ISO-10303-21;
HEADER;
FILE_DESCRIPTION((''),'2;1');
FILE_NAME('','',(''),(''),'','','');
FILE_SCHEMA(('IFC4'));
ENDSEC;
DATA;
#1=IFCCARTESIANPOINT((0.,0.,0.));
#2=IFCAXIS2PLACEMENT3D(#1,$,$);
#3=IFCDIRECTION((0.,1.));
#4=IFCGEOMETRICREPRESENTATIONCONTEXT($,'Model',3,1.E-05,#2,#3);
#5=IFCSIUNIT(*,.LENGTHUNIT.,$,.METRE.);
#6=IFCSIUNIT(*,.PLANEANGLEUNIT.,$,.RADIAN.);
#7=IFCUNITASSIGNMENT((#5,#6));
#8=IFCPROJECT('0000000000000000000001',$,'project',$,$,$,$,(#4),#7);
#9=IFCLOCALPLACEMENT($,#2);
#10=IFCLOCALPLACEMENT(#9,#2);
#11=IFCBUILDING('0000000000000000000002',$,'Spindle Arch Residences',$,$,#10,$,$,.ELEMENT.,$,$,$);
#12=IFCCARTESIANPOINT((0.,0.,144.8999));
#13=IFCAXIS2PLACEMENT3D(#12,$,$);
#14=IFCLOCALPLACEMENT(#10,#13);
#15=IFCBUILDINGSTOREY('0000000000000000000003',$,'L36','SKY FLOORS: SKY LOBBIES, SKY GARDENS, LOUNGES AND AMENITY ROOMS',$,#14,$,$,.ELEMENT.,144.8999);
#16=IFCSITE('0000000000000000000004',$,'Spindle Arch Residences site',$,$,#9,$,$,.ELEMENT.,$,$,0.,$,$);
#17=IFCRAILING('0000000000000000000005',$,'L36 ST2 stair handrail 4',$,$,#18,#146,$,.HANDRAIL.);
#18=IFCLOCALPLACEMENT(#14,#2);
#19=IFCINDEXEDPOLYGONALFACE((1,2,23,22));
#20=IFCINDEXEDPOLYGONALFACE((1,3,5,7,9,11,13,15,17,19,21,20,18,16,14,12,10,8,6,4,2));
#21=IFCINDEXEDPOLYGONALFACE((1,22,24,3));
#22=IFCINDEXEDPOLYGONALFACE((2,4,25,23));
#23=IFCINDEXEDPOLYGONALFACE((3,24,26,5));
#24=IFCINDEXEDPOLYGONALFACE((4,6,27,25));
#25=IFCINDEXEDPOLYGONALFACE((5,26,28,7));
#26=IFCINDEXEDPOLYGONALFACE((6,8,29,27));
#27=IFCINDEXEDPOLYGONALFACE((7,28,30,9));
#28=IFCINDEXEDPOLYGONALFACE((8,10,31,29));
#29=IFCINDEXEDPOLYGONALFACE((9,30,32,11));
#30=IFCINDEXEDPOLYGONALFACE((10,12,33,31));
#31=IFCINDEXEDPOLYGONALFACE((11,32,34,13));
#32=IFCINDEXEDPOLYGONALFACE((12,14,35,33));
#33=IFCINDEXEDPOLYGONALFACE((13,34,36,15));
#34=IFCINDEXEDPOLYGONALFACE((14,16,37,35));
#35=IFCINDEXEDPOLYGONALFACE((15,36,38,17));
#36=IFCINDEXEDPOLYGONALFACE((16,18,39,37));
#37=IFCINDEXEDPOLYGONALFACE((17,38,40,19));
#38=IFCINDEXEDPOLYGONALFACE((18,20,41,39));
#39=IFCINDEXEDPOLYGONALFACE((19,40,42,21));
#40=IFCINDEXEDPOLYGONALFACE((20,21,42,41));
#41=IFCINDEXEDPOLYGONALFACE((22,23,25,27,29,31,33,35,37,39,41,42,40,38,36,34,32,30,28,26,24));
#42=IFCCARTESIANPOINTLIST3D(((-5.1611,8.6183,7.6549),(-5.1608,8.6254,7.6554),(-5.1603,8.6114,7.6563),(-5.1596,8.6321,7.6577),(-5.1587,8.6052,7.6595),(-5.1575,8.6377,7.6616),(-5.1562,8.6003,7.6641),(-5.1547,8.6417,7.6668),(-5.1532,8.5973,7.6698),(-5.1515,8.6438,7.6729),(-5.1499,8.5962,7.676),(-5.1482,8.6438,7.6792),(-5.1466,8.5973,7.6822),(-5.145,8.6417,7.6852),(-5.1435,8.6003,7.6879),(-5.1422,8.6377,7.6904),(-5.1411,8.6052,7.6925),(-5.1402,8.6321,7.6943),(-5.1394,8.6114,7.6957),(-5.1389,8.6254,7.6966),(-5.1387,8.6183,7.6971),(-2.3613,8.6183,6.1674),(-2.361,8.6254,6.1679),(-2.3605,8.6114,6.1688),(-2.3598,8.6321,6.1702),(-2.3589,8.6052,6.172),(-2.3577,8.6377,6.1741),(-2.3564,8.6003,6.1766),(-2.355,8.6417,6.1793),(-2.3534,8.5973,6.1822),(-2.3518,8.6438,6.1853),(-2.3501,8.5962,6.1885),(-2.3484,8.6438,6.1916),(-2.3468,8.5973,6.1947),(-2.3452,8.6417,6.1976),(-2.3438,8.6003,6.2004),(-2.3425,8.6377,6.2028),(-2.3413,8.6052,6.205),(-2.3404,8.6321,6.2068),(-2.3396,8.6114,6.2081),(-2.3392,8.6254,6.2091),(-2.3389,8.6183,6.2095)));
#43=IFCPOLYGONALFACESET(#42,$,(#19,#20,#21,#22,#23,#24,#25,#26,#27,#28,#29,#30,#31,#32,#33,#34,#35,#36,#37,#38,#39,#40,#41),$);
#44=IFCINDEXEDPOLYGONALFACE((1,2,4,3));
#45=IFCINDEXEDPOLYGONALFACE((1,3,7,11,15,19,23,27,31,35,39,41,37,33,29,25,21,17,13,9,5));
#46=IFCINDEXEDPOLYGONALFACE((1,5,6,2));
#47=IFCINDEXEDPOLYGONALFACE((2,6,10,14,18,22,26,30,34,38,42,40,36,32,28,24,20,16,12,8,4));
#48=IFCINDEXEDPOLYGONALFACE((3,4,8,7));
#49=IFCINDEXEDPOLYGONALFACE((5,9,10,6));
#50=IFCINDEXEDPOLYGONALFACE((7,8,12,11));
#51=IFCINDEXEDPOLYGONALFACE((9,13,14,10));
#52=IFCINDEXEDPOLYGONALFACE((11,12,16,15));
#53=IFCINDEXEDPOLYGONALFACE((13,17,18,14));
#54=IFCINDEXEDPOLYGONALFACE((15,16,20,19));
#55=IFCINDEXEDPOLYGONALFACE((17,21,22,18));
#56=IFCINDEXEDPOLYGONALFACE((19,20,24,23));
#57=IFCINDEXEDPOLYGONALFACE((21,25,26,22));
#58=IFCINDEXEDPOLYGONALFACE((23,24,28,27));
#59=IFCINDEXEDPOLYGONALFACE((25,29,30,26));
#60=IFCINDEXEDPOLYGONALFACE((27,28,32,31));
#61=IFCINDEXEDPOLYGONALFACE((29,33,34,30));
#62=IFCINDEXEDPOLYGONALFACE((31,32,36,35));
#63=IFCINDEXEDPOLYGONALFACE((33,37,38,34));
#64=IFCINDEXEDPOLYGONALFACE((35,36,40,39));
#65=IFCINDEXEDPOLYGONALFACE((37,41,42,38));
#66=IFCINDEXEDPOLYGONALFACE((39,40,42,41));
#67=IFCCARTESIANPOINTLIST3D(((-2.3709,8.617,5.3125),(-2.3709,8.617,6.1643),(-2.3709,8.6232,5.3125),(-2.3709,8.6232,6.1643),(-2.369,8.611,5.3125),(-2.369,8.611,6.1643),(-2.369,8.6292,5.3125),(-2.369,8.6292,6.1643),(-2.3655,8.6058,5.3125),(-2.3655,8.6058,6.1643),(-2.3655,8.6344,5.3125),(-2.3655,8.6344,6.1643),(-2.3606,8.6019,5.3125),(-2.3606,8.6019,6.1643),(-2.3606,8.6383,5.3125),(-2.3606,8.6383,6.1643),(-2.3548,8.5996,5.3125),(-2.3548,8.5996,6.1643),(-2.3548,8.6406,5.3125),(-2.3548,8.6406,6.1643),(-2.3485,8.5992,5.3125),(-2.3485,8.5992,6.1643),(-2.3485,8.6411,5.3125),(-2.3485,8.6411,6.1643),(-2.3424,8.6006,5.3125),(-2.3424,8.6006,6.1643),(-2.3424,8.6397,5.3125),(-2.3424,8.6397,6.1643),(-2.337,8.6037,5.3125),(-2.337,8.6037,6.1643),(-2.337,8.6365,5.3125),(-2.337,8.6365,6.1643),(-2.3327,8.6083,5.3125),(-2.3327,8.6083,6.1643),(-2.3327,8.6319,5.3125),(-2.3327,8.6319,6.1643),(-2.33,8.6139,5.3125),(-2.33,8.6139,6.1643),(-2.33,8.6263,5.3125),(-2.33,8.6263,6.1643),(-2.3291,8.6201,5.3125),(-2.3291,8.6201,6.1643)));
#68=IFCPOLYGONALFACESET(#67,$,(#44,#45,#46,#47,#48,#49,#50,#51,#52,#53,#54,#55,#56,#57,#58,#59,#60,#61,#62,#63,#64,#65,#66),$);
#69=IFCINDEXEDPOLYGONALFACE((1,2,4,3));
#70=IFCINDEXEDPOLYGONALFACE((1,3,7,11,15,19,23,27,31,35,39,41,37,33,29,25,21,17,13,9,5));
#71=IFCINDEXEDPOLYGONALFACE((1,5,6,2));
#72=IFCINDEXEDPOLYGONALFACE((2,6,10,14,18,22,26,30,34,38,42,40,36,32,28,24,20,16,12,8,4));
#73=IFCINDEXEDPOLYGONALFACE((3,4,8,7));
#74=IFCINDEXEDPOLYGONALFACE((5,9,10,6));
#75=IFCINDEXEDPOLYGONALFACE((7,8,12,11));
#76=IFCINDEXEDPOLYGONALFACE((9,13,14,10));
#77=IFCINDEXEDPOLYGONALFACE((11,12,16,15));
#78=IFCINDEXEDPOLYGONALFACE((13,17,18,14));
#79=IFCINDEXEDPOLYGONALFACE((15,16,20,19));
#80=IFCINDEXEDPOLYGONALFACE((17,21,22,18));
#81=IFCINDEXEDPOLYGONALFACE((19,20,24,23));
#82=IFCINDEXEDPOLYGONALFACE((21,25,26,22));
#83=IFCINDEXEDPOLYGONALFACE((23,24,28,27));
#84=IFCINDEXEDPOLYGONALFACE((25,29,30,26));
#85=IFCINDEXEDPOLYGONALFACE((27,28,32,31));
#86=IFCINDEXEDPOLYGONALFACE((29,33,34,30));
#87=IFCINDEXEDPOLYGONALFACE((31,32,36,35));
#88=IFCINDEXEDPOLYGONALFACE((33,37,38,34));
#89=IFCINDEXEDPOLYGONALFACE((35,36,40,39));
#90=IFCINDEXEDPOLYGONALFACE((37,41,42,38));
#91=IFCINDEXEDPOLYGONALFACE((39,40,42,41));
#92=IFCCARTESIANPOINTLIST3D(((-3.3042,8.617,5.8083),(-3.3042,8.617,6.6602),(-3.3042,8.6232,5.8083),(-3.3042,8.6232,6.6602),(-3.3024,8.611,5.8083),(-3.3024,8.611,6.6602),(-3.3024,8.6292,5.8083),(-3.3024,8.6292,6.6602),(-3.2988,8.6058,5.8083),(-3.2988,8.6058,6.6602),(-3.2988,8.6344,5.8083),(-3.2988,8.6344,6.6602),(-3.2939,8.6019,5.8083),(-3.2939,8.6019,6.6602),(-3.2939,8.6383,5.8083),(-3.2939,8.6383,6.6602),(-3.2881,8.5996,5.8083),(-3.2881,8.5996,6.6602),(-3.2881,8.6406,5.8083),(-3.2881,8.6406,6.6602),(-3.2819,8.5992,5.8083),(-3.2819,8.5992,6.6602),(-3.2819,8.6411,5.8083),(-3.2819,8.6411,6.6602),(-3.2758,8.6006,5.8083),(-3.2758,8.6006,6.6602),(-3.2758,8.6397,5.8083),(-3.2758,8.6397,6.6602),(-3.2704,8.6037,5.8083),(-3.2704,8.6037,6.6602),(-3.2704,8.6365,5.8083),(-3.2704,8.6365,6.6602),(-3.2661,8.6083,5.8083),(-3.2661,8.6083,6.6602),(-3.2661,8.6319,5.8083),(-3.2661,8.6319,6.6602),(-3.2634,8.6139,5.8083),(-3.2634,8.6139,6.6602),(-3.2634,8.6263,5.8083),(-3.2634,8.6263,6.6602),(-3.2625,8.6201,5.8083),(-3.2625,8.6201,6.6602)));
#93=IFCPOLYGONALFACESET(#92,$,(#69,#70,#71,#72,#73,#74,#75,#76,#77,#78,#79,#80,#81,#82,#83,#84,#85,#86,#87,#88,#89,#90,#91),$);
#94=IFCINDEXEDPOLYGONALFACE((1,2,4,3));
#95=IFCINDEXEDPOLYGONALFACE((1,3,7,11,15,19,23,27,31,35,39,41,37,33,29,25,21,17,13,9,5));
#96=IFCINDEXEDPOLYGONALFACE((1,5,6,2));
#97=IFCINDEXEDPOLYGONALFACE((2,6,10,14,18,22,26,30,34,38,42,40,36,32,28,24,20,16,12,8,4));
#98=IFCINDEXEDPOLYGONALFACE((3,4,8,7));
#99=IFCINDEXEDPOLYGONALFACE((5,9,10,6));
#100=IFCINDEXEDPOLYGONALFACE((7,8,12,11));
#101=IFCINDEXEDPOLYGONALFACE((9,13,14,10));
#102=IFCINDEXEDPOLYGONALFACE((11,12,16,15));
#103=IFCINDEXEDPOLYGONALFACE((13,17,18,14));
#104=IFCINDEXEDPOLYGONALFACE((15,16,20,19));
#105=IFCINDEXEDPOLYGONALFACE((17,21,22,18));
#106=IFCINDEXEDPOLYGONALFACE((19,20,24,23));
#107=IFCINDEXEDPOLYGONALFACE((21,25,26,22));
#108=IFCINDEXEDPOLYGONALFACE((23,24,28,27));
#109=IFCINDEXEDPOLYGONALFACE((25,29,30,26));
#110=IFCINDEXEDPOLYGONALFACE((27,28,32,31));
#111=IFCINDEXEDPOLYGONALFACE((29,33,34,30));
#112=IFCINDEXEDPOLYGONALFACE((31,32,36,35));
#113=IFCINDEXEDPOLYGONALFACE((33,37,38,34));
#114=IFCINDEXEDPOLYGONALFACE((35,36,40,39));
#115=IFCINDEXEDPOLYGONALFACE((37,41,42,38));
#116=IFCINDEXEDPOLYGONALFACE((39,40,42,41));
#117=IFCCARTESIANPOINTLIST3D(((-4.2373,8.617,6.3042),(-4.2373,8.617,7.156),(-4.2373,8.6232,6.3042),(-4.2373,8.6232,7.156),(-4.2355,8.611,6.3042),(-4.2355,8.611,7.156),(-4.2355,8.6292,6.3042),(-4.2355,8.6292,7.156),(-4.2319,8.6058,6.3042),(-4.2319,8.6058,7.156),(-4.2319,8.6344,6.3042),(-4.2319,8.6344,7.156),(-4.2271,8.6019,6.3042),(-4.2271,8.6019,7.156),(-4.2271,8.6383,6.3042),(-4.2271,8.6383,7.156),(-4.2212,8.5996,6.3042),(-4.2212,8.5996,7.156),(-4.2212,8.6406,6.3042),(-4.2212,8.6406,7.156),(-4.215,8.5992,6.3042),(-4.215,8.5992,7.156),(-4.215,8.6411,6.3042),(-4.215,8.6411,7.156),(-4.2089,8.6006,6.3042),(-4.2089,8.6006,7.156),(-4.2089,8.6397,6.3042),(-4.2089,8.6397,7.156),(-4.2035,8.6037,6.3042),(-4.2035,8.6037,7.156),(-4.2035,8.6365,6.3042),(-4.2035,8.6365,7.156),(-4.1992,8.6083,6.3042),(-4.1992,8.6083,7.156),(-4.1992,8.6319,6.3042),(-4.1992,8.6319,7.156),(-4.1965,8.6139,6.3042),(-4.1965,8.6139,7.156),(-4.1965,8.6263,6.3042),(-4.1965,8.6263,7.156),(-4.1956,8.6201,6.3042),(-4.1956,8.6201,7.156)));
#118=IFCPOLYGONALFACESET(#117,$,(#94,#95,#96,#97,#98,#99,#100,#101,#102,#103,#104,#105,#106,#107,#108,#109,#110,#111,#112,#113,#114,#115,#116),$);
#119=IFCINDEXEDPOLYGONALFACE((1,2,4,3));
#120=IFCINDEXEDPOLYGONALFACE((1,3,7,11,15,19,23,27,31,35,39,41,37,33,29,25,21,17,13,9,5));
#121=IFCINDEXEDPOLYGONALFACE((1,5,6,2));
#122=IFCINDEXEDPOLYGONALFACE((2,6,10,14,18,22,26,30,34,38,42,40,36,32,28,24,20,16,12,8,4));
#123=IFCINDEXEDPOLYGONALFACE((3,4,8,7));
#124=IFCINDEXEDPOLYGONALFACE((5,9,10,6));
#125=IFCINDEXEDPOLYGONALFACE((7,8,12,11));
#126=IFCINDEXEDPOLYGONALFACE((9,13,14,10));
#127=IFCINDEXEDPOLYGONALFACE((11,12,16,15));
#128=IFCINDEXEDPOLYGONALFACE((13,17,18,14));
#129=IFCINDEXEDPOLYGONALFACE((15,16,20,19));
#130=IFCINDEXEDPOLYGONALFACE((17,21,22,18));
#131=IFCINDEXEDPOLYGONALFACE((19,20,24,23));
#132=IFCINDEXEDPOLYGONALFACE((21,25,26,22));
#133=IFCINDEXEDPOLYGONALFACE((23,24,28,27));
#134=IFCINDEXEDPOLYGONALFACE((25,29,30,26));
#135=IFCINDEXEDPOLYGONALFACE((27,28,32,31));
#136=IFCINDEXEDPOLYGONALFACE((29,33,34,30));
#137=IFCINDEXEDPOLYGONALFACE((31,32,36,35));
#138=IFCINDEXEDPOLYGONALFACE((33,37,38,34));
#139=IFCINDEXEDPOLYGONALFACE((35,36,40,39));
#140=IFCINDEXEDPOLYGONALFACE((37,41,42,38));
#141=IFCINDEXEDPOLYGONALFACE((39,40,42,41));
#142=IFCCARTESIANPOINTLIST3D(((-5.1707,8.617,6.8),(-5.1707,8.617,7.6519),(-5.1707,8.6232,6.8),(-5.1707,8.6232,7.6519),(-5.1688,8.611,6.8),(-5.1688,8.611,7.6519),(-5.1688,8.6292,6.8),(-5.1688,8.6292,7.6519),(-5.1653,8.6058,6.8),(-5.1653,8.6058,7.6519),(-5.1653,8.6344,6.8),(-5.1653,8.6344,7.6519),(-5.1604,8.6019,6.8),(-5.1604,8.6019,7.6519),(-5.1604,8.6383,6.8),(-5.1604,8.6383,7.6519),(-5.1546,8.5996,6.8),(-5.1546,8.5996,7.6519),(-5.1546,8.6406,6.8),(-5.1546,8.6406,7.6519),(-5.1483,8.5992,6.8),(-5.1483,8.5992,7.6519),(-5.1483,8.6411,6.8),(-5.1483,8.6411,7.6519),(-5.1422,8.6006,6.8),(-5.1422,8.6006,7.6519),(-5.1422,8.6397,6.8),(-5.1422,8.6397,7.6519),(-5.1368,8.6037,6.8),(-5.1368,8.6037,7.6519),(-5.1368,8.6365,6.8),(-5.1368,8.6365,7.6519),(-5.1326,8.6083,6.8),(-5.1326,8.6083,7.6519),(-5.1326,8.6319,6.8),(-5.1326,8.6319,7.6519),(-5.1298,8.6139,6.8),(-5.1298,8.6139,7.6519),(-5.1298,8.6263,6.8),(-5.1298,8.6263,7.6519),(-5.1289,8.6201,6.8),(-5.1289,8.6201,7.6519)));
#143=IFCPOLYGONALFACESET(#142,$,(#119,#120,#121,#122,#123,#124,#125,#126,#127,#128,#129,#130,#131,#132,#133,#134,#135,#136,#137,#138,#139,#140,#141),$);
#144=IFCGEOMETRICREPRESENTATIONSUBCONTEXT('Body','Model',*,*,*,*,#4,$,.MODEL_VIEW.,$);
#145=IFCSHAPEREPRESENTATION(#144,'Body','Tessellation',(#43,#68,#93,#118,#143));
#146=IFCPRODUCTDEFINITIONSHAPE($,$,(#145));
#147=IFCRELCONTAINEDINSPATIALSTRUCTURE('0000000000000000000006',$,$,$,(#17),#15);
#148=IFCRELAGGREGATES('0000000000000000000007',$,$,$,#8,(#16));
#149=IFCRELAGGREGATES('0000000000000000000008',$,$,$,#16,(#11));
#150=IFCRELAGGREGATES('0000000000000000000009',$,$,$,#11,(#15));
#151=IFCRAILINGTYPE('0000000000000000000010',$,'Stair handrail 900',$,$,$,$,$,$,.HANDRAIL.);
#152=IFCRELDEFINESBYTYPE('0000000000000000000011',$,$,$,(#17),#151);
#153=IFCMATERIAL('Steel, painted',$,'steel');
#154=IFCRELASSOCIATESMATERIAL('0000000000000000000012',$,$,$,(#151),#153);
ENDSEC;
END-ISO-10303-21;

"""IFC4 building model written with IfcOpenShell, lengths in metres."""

from ifc_helpers import new_model, si_unit, direction, frame, origin, origin_2d, place, context, subcontext, project, spatial, circle, extrude, material, type_object, element, save


model = new_model("IFC4")

# Units and contexts
model_context = context("Model", 3, precision=1e-05, world=origin(), true_north=direction((0.0, 1.0)))
body_context = subcontext(model_context, "Body", "Model", "MODEL_VIEW")
ifc_project = project(units=[si_unit("LENGTHUNIT", "METRE"), si_unit("PLANEANGLEUNIT", "RADIAN")], contexts=[model_context])

# Site, building, storey
site_placement = place(None, origin())
site = spatial("IfcSite", under=ifc_project, at=site_placement, Name="Spindle Arch Residences site", CompositionType="ELEMENT", RefElevation=0.0)
building_placement = place(site_placement, origin())
building = spatial("IfcBuilding", under=site, at=building_placement, Name="Spindle Arch Residences", CompositionType="ELEMENT")
storey_placement = place(building_placement, frame((0.0, 0.0, 144.8999)))
storey = spatial("IfcBuildingStorey", under=building, at=storey_placement, Name="L36", Description="SKY FLOORS: SKY LOBBIES, SKY GARDENS, LOUNGES AND AMENITY ROOMS", CompositionType="ELEMENT", Elevation=144.8999)

# Railing
ifc_material_1 = material(Name="Steel, painted", Category="steel")
railing_type_1 = type_object("IfcRailingType", Name="Stair handrail 900", PredefinedType="HANDRAIL", material=ifc_material_1)
railing_1_placement = place(storey_placement, frame((-2.3501, 8.6201, 5.3125)))
element("IfcRailing", 1, at=railing_1_placement, inside=storey, type_object=railing_type_1, Name="L36 ST2 stair handrail 4", PredefinedType="HANDRAIL", context=body_context, shape_type="SweptSolid", body=[
    extrude(circle(Radius=0.0239, at=origin_2d()), frame((0.0, 0.0, 0.876), z_axis=(-0.883096, 0.0, 0.469193), x_axis=(0.0, -1.0, 0.0)), (0.0, 0.0, 1.0), 3.1704),
    extrude(circle(Radius=0.021, at=origin_2d()), origin(), (0.0, 0.0, 1.0), 0.8518),
    extrude(circle(Radius=0.021, at=origin_2d()), frame((-0.9333, 0.0, 0.4958)), (0.0, 0.0, 1.0), 0.8518),
    extrude(circle(Radius=0.021, at=origin_2d()), frame((-1.8665, 0.0, 0.9917)), (0.0, 0.0, 1.0), 0.8518),
    extrude(circle(Radius=0.021, at=origin_2d()), frame((-2.7998, 0.0, 1.4875)), (0.0, 0.0, 1.0), 0.8518),
])

save(model, "model.ifc")
